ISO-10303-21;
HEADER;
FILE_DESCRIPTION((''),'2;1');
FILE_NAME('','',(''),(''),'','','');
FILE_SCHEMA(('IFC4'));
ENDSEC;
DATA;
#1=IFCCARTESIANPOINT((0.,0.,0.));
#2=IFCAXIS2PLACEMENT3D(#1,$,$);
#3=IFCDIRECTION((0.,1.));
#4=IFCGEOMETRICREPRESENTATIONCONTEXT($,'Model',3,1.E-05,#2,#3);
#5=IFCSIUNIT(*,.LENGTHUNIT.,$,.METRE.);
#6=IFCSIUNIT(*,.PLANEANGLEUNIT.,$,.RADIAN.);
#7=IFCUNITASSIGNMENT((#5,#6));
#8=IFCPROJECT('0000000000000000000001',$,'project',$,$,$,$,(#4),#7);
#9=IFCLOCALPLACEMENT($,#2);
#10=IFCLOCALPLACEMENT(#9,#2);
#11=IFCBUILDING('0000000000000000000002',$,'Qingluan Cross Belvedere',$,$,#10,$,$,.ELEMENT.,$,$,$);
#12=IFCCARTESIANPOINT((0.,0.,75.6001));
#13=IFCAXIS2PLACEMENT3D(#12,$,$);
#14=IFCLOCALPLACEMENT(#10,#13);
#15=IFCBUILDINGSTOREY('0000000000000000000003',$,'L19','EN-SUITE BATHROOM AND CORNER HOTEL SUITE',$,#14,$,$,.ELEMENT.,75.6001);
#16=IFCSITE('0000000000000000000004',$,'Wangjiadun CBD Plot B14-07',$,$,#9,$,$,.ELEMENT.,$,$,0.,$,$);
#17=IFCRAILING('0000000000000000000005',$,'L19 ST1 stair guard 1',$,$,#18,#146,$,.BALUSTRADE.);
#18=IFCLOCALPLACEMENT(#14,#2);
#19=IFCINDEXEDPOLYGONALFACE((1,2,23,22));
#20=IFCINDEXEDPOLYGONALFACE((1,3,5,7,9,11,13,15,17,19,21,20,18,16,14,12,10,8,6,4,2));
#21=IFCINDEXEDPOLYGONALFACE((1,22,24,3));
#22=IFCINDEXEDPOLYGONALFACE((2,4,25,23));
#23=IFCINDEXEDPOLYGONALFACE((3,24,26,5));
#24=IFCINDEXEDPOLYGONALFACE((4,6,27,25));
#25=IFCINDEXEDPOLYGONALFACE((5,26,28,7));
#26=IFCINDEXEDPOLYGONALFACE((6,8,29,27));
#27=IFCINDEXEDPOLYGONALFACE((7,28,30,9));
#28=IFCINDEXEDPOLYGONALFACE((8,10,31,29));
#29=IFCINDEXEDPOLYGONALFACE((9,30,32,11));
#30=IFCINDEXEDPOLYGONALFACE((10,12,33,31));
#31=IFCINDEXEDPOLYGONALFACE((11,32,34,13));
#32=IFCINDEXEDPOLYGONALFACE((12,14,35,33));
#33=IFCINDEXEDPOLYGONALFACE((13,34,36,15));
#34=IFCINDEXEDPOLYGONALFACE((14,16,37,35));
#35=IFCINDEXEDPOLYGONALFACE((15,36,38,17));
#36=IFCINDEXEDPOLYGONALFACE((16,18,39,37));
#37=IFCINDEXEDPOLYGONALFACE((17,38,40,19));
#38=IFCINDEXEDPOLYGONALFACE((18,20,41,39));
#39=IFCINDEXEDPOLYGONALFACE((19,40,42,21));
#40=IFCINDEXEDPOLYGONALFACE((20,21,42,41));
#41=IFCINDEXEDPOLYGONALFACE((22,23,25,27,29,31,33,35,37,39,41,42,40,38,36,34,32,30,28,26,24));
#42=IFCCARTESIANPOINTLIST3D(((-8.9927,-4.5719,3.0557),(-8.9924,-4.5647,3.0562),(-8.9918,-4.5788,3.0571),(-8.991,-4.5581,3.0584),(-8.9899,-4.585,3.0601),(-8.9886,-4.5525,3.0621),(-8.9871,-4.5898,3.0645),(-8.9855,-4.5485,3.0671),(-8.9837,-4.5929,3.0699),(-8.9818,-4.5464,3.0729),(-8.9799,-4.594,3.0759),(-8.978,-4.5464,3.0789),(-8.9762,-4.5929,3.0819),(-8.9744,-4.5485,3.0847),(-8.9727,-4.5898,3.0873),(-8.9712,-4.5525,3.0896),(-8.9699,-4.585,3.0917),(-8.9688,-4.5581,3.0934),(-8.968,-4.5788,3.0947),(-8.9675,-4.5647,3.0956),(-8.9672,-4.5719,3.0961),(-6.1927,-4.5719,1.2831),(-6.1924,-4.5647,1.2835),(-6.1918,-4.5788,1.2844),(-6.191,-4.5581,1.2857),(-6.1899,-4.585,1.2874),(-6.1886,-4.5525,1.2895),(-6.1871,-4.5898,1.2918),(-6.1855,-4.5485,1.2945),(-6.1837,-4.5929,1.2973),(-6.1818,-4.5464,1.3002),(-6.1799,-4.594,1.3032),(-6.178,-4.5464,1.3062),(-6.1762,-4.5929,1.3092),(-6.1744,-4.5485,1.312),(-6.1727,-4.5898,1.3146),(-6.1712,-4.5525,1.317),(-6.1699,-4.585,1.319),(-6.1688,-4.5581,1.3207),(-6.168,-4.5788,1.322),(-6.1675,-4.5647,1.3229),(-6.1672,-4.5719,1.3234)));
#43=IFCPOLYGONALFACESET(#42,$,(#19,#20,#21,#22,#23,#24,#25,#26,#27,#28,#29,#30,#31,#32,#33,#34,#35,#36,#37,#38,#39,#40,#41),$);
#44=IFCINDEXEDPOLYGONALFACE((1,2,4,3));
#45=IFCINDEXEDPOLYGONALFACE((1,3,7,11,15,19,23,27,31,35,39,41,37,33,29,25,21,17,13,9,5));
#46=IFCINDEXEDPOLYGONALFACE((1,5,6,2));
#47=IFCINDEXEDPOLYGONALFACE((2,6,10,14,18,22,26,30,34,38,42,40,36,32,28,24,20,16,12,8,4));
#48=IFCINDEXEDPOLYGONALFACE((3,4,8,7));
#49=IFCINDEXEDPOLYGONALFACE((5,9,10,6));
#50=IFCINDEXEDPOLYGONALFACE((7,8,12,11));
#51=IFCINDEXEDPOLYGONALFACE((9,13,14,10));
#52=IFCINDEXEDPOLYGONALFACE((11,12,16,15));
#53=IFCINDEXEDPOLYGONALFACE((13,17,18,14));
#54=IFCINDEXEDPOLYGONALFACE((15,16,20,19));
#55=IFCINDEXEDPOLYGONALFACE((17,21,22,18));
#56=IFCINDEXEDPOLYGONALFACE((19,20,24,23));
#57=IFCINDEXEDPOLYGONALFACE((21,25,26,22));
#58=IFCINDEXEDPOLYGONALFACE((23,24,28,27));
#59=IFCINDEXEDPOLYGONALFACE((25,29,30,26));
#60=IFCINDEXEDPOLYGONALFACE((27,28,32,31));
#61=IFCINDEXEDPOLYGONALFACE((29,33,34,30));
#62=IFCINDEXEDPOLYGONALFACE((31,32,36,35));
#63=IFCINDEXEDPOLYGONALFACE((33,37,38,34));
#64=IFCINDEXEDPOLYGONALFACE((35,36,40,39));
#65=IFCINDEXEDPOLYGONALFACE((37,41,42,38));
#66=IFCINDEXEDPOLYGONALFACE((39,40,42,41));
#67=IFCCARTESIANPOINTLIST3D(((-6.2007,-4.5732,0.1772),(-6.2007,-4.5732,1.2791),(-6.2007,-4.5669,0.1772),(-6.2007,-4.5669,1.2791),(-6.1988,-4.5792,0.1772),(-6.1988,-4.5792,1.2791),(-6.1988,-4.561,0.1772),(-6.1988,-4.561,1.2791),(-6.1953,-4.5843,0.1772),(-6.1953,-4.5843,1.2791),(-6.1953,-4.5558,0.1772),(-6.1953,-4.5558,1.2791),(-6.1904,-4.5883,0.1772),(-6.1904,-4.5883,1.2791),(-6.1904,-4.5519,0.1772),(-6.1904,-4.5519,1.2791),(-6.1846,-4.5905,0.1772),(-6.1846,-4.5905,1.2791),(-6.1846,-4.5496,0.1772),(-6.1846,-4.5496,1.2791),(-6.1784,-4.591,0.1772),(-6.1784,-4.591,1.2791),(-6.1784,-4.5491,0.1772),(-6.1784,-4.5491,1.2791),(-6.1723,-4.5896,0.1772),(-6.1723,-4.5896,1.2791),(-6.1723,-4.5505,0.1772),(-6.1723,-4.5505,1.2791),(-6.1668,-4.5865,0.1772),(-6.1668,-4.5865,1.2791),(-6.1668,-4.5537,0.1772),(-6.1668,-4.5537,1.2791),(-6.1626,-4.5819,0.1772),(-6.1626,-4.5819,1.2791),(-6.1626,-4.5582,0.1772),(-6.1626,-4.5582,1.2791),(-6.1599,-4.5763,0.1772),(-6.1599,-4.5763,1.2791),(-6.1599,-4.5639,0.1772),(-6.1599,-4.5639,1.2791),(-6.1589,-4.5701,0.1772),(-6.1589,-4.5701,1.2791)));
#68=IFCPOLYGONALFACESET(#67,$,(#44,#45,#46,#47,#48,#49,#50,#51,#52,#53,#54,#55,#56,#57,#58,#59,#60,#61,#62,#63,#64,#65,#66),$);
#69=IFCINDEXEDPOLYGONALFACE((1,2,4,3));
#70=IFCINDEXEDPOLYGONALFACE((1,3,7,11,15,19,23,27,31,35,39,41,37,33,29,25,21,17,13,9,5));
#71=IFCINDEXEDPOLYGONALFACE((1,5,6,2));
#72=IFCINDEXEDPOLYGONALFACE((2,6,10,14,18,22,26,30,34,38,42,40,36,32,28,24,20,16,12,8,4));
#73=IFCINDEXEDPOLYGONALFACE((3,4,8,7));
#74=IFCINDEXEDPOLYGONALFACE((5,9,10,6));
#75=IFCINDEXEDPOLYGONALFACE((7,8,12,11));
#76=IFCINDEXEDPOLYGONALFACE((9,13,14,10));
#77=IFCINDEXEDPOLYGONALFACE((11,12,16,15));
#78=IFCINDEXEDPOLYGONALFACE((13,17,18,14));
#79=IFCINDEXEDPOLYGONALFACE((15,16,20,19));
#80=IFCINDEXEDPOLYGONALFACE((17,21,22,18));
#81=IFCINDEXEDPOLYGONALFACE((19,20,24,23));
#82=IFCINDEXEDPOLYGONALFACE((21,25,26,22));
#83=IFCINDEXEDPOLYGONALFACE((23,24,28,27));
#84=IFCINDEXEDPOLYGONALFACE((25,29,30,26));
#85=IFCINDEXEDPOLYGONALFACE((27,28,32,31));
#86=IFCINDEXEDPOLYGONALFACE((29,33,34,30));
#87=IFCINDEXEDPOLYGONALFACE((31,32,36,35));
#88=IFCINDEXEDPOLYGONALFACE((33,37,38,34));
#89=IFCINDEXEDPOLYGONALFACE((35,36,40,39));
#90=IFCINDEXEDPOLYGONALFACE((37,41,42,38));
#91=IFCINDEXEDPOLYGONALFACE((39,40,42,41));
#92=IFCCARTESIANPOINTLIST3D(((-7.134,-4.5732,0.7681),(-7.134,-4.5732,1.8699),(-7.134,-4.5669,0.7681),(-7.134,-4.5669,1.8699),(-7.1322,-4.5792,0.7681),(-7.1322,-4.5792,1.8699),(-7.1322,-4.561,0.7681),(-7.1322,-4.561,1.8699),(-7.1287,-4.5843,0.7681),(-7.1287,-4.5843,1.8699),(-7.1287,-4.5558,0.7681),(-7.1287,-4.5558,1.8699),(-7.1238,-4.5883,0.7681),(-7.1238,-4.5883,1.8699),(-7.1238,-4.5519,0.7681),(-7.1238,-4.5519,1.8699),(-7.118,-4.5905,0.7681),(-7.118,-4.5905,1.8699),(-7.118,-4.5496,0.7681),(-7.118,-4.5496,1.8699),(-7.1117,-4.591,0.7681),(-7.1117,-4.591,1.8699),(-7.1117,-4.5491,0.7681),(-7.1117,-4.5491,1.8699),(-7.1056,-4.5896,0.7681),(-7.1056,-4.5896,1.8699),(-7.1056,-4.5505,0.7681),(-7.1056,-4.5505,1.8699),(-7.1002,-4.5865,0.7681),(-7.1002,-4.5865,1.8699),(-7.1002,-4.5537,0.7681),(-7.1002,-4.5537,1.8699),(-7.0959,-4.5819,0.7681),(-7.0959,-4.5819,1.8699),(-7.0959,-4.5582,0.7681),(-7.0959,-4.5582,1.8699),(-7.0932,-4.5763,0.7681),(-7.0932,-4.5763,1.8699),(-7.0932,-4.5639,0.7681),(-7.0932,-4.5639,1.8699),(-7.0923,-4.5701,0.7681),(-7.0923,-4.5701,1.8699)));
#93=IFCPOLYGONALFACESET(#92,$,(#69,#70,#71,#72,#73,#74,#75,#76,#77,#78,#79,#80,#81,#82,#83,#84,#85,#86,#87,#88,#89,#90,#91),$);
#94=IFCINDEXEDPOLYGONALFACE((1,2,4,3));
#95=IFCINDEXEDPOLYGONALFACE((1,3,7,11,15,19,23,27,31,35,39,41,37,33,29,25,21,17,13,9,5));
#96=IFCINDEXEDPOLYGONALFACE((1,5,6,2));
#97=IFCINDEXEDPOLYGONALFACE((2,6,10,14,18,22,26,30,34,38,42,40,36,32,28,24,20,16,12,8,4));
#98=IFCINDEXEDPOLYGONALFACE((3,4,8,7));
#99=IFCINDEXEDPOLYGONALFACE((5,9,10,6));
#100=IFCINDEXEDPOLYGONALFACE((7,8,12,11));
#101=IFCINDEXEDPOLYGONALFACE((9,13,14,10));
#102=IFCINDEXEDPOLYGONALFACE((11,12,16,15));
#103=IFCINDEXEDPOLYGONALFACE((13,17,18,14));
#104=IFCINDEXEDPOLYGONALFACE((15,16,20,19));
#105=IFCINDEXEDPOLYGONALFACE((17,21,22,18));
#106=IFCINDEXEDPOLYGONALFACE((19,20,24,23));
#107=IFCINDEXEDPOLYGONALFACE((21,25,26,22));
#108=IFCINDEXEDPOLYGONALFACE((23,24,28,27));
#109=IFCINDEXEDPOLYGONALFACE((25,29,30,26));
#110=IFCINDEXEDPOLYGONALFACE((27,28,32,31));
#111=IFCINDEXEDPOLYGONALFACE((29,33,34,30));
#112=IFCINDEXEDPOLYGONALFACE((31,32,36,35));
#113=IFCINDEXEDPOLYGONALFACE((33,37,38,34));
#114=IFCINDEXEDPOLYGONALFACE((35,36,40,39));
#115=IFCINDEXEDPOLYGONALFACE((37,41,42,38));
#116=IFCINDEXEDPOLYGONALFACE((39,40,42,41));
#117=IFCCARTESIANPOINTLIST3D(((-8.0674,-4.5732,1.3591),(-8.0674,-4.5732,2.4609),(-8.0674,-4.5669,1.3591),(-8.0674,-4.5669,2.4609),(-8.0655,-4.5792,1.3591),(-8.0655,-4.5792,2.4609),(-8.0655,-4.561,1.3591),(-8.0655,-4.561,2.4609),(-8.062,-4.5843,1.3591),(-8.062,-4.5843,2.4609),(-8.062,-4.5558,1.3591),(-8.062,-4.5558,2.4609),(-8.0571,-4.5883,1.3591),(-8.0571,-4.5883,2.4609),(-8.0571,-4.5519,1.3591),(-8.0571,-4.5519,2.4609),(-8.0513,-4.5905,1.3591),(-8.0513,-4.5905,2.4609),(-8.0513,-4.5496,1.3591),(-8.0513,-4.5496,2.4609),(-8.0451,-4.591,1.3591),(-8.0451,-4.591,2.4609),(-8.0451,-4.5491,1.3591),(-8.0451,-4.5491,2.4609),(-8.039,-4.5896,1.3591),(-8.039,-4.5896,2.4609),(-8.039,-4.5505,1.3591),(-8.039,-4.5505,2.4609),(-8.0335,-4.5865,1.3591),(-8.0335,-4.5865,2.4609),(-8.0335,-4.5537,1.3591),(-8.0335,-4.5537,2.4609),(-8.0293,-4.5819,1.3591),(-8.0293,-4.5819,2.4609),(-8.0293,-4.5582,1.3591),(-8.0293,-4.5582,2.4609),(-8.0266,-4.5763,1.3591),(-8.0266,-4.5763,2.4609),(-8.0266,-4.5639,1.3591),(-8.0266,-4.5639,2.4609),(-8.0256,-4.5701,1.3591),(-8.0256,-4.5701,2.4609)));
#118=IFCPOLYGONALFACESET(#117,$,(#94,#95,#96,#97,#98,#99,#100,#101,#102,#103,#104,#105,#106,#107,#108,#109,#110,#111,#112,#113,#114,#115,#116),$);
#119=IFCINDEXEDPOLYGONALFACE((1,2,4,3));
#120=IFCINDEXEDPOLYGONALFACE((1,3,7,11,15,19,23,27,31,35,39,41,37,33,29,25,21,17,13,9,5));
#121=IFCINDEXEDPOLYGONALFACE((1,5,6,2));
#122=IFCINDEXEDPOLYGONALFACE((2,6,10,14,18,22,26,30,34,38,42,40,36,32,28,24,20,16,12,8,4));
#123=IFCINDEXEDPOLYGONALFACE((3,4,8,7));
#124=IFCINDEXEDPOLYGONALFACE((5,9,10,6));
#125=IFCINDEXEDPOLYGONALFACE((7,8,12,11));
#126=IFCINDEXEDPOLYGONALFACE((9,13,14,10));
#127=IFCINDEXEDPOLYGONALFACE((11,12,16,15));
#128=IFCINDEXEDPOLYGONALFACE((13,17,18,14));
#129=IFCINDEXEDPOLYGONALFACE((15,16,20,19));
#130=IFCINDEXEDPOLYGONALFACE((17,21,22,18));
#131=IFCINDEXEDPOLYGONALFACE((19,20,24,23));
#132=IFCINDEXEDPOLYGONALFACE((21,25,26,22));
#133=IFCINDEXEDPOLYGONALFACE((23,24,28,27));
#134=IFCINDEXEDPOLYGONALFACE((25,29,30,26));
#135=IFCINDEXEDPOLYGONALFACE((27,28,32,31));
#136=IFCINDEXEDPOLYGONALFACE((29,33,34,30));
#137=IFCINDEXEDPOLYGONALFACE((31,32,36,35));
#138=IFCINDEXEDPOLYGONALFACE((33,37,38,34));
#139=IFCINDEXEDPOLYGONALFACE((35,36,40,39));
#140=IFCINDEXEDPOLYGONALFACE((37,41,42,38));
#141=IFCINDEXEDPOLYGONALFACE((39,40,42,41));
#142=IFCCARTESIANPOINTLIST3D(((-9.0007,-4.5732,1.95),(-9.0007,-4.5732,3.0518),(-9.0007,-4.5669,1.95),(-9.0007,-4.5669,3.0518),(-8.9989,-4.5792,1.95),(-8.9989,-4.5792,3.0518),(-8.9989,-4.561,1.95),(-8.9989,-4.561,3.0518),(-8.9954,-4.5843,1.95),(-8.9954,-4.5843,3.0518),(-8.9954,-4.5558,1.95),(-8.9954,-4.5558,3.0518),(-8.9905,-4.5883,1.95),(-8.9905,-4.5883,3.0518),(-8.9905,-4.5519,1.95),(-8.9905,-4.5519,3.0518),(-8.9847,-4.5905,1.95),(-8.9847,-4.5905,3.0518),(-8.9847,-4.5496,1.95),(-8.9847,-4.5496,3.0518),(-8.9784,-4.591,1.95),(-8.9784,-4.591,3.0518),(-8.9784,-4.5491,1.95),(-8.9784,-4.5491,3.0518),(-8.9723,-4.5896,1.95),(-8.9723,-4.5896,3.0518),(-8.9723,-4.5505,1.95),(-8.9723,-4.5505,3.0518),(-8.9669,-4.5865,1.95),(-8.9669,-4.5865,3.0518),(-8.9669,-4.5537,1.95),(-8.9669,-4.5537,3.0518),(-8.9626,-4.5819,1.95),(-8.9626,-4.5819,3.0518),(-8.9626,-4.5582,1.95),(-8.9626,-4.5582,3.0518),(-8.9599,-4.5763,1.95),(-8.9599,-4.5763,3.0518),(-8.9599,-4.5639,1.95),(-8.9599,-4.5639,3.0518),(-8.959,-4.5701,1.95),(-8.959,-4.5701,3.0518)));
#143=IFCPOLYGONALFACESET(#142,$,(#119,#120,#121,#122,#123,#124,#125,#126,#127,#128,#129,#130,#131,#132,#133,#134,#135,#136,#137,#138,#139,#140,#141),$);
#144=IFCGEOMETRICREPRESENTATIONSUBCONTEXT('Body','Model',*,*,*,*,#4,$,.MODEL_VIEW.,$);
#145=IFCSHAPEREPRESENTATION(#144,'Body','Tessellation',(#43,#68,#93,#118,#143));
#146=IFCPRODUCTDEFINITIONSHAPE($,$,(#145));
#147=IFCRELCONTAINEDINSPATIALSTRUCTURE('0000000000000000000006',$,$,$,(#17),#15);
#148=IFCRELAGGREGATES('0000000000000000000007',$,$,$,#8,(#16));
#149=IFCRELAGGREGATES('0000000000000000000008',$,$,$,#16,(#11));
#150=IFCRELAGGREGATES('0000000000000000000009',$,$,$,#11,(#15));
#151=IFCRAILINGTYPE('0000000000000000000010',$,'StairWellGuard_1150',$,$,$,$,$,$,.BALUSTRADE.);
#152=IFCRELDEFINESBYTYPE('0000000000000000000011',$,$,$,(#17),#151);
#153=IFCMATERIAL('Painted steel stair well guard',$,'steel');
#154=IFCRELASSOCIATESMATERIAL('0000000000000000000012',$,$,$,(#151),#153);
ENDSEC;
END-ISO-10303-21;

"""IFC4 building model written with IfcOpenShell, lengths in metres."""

from ifc_helpers import new_model, si_unit, direction, frame, origin, origin_2d, place, context, subcontext, project, spatial, circle, extrude, material, type_object, element, save


model = new_model("IFC4")

# Units and contexts
model_context = context("Model", 3, precision=1e-05, world=origin(), true_north=direction((0.0, 1.0)))
body_context = subcontext(model_context, "Body", "Model", "MODEL_VIEW")
ifc_project = project(units=[si_unit("LENGTHUNIT", "METRE"), si_unit("PLANEANGLEUNIT", "RADIAN")], contexts=[model_context])

# Site, building, storey
site_placement = place(None, origin())
site = spatial("IfcSite", under=ifc_project, at=site_placement, Name="Wangjiadun CBD Plot B14-07", CompositionType="ELEMENT", RefElevation=0.0)
building_placement = place(site_placement, origin())
building = spatial("IfcBuilding", under=site, at=building_placement, Name="Qingluan Cross Belvedere", CompositionType="ELEMENT")
storey_placement = place(building_placement, frame((0.0, 0.0, 75.6001)))
storey = spatial("IfcBuildingStorey", under=building, at=storey_placement, Name="L19", Description="EN-SUITE BATHROOM AND CORNER HOTEL SUITE", CompositionType="ELEMENT", Elevation=75.6001)

# Railing
ifc_material_1 = material(Name="Painted steel stair well guard", Category="steel")
railing_type_1 = type_object("IfcRailingType", Name="StairWellGuard_1150", PredefinedType="BALUSTRADE", material=ifc_material_1)
railing_1_placement = place(storey_placement, frame((-6.1799, -4.5701, 0.1772)))
element("IfcRailing", 1, at=railing_1_placement, inside=storey, type_object=railing_type_1, Name="L19 ST1 stair guard 1", PredefinedType="BALUSTRADE", context=body_context, shape_type="SweptSolid", body=[
    extrude(circle(Radius=0.0239, at=origin_2d()), frame((0.0, 0.0, 1.126), z_axis=(-0.844909, 0.0, 0.53491), x_axis=(0.0, -1.0, 0.0)), (0.0, 0.0, 1.0), 3.314),
    extrude(circle(Radius=0.021, at=origin_2d()), origin(), (0.0, 0.0, 1.0), 1.1018),
    extrude(circle(Radius=0.021, at=origin_2d()), frame((-0.9333, 0.0, 0.5908)), (0.0, 0.0, 1.0), 1.1018),
    extrude(circle(Radius=0.021, at=origin_2d()), frame((-1.8667, 0.0, 1.1819)), (0.0, 0.0, 1.0), 1.1018),
    extrude(circle(Radius=0.021, at=origin_2d()), frame((-2.8, 0.0, 1.7727)), (0.0, 0.0, 1.0), 1.1018),
])

save(model, "model.ifc")
